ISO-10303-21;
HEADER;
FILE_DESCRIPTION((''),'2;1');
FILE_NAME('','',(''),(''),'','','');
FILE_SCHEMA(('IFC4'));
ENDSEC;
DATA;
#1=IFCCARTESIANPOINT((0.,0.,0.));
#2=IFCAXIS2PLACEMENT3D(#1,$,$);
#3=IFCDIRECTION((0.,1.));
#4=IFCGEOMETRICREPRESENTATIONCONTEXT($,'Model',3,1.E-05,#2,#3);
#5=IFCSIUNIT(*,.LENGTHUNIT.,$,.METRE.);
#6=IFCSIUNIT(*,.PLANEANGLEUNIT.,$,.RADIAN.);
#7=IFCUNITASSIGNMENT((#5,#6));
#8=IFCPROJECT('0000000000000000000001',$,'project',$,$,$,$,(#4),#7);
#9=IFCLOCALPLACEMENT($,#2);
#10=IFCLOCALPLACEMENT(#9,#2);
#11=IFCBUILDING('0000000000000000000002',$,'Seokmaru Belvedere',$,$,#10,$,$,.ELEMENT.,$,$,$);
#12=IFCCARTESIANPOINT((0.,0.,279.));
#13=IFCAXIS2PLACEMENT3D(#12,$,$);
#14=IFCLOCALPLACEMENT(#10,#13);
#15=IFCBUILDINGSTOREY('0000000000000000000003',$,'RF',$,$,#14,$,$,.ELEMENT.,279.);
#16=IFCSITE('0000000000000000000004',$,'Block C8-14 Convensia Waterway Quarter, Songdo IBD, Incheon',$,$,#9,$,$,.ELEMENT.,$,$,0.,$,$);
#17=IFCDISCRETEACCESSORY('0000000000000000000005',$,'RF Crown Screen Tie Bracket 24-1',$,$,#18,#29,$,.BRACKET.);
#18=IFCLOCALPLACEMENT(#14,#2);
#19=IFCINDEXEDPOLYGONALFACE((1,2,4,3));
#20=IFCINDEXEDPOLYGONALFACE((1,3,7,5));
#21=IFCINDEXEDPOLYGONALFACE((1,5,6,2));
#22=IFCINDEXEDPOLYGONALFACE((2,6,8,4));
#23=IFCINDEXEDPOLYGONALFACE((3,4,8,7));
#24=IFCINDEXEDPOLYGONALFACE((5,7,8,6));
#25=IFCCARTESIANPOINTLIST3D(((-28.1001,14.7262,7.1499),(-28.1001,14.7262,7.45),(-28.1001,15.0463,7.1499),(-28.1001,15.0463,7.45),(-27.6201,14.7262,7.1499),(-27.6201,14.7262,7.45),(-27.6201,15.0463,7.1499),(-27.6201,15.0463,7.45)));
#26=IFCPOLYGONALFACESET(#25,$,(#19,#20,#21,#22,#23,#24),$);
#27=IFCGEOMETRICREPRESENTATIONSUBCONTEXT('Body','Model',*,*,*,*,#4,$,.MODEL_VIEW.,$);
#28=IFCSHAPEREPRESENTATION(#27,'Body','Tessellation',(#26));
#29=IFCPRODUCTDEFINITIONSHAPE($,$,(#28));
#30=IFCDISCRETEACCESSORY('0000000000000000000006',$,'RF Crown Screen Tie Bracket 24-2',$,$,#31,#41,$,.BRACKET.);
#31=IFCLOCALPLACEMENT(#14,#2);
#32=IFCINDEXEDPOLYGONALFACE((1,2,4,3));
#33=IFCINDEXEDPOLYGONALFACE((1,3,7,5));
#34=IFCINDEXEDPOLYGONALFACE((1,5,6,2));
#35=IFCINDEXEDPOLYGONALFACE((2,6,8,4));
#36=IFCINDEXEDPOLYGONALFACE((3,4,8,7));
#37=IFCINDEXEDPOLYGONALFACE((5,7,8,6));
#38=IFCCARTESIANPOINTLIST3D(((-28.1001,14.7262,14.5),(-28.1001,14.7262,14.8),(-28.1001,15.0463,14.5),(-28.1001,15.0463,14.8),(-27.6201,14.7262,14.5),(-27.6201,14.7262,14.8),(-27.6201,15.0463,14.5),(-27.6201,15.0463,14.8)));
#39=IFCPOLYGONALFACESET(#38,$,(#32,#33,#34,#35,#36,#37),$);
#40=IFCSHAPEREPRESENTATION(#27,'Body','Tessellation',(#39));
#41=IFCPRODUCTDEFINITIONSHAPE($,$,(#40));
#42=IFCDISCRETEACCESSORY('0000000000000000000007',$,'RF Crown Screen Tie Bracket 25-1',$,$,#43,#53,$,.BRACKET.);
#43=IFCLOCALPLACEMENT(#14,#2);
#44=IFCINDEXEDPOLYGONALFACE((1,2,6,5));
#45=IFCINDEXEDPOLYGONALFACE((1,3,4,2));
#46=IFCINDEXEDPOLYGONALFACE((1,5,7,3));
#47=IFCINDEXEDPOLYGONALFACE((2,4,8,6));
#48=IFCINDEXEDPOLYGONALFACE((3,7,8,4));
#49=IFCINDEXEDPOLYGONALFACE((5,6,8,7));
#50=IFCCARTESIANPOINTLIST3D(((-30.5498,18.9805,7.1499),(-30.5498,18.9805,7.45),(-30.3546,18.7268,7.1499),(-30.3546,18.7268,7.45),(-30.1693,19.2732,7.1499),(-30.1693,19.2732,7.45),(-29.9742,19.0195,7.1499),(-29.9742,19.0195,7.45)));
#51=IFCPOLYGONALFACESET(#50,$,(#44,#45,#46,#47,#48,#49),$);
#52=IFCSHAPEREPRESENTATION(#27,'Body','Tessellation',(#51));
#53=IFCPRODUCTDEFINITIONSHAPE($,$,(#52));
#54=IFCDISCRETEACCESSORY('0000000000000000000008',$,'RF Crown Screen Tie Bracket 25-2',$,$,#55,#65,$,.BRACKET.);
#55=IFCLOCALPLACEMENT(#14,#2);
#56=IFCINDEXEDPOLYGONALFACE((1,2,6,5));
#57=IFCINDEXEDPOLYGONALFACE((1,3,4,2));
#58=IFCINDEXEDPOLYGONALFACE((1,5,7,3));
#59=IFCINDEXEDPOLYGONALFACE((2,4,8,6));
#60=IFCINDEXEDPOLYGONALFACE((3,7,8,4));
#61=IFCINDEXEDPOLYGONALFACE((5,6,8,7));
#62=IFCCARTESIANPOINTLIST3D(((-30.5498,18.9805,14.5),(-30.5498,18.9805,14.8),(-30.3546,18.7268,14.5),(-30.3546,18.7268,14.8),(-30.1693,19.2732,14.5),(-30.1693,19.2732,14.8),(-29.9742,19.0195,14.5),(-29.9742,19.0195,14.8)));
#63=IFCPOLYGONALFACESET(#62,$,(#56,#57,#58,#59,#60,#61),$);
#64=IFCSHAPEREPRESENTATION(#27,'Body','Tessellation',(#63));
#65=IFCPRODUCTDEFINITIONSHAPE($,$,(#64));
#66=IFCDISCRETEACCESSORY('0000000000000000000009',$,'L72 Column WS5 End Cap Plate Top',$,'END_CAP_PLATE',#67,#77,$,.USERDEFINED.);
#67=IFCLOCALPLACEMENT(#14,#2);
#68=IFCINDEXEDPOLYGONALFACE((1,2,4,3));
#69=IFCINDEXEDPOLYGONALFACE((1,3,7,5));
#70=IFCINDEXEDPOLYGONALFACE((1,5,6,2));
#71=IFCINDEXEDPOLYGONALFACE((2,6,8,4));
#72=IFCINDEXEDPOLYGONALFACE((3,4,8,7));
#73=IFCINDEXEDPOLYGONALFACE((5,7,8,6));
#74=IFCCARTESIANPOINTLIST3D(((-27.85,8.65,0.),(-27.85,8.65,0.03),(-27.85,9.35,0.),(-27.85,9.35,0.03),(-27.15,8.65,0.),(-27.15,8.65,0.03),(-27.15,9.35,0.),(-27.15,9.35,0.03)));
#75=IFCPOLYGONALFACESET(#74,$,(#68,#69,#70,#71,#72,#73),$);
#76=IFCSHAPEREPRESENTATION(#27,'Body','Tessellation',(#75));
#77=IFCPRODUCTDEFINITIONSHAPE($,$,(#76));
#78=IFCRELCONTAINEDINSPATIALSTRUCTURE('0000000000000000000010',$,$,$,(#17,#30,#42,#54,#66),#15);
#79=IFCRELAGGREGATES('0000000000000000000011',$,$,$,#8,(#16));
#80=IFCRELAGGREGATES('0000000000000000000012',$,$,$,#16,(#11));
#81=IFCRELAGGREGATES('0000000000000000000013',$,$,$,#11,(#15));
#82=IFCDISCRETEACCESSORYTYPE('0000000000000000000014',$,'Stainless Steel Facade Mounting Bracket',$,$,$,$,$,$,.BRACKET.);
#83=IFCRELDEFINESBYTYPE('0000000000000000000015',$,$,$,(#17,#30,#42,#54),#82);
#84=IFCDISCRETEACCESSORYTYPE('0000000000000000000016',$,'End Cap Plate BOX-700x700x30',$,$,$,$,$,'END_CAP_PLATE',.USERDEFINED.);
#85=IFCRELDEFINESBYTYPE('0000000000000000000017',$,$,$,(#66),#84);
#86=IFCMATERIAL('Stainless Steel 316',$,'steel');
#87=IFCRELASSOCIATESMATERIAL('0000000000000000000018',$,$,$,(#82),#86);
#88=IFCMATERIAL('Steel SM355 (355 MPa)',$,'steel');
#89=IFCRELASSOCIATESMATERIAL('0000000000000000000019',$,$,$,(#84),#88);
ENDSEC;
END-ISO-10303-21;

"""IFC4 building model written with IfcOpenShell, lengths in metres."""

from ifc_helpers import new_model, si_unit, direction, frame, origin, origin_2d, place, context, subcontext, project, spatial, rectangle, extrude, source, transform, mapped, material, type_object, type_shapes, element, save


model = new_model("IFC4")

# Units and contexts
model_context = context("Model", 3, precision=1e-05, world=origin(), true_north=direction((0.0, 1.0)))
body_context = subcontext(model_context, "Body", "Model", "MODEL_VIEW")
ifc_project = project(units=[si_unit("LENGTHUNIT", "METRE"), si_unit("PLANEANGLEUNIT", "RADIAN")], contexts=[model_context])

# Site, building, storey
site_placement = place(None, origin())
site = spatial("IfcSite", under=ifc_project, at=site_placement, Name="Block C8-14 Convensia Waterway Quarter, Songdo IBD, Incheon", CompositionType="ELEMENT", RefElevation=0.0)
building_placement = place(site_placement, origin())
building = spatial("IfcBuilding", under=site, at=building_placement, Name="Seokmaru Belvedere", CompositionType="ELEMENT")
storey_placement = place(building_placement, frame((0.0, 0.0, 279.0)))
storey = spatial("IfcBuildingStorey", under=building, at=storey_placement, Name="RF", CompositionType="ELEMENT", Elevation=279.0)

# Shared definitions
ifc_material_1 = material(Name="Steel SM355 (355 MPa)", Category="steel")

# Discrete accessories
ifc_material_2 = material(Name="Stainless Steel 316", Category="steel")
discrete_accessory_type_1 = type_object("IfcDiscreteAccessoryType", Name="Stainless Steel Facade Mounting Bracket", PredefinedType="BRACKET", material=ifc_material_2)
shared_shape_1 = source(origin(), body_context, "Body", "SweptSolid", [
    extrude(rectangle(XDim=0.3201, YDim=0.48, at=origin_2d()), origin(), (0.0, 0.0, 1.0), 0.3),
])
type_shapes(discrete_accessory_type_1, [shared_shape_1])
for number, where, z_axis, x_axis, name in (
    (1, (-27.8601, 14.8862, 7.1499), (0.0, 0.0, 1.0), (0.0, 1.0, 0.0), "RF Crown Screen Tie Bracket 24-1"),
    (2, (-27.8601, 14.8862, 14.5), (0.0, 0.0, 1.0), (0.0, 1.0, 0.0), "RF Crown Screen Tie Bracket 24-2"),
    (3, (-30.262, 19.0, 7.1499), (0.0, 0.0, 1.0), (-0.609709, 0.792625, 0.0), "RF Crown Screen Tie Bracket 25-1"),
    (4, (-30.262, 19.0, 14.5), (0.0, 0.0, 1.0), (-0.609709, 0.792625, 0.0), "RF Crown Screen Tie Bracket 25-2"),
):
    element("IfcDiscreteAccessory", number, at=place(storey_placement, frame(where, z_axis=z_axis, x_axis=x_axis)), inside=storey, type_object=discrete_accessory_type_1, Name=name, PredefinedType="BRACKET", context=body_context, shape_type="MappedRepresentation", body=[
        mapped(shared_shape_1, transform((0.0, 0.0, 0.0), scale=1.0)),
    ])
discrete_accessory_type_2 = type_object("IfcDiscreteAccessoryType", Name="End Cap Plate BOX-700x700x30", ElementType="END_CAP_PLATE", PredefinedType="USERDEFINED", material=ifc_material_1)
shared_shape_2 = source(origin(), body_context, "Body", "SweptSolid", [
    extrude(rectangle(XDim=0.7, YDim=0.7, at=origin_2d()), origin(), (0.0, 0.0, 1.0), 0.03),
])
type_shapes(discrete_accessory_type_2, [shared_shape_2])
discrete_accessory_placement = place(storey_placement, frame((-27.5, 9.0, 0.0), z_axis=(0.0, 0.0, 1.0), x_axis=(1.0, 0.0, 0.0)))
element("IfcDiscreteAccessory", 5, at=discrete_accessory_placement, inside=storey, type_object=discrete_accessory_type_2, Name="L72 Column WS5 End Cap Plate Top", ObjectType="END_CAP_PLATE", PredefinedType="USERDEFINED", context=body_context, shape_type="MappedRepresentation", body=[
    mapped(shared_shape_2, transform((0.0, 0.0, 0.0), scale=1.0)),
])

save(model, "model.ifc")
